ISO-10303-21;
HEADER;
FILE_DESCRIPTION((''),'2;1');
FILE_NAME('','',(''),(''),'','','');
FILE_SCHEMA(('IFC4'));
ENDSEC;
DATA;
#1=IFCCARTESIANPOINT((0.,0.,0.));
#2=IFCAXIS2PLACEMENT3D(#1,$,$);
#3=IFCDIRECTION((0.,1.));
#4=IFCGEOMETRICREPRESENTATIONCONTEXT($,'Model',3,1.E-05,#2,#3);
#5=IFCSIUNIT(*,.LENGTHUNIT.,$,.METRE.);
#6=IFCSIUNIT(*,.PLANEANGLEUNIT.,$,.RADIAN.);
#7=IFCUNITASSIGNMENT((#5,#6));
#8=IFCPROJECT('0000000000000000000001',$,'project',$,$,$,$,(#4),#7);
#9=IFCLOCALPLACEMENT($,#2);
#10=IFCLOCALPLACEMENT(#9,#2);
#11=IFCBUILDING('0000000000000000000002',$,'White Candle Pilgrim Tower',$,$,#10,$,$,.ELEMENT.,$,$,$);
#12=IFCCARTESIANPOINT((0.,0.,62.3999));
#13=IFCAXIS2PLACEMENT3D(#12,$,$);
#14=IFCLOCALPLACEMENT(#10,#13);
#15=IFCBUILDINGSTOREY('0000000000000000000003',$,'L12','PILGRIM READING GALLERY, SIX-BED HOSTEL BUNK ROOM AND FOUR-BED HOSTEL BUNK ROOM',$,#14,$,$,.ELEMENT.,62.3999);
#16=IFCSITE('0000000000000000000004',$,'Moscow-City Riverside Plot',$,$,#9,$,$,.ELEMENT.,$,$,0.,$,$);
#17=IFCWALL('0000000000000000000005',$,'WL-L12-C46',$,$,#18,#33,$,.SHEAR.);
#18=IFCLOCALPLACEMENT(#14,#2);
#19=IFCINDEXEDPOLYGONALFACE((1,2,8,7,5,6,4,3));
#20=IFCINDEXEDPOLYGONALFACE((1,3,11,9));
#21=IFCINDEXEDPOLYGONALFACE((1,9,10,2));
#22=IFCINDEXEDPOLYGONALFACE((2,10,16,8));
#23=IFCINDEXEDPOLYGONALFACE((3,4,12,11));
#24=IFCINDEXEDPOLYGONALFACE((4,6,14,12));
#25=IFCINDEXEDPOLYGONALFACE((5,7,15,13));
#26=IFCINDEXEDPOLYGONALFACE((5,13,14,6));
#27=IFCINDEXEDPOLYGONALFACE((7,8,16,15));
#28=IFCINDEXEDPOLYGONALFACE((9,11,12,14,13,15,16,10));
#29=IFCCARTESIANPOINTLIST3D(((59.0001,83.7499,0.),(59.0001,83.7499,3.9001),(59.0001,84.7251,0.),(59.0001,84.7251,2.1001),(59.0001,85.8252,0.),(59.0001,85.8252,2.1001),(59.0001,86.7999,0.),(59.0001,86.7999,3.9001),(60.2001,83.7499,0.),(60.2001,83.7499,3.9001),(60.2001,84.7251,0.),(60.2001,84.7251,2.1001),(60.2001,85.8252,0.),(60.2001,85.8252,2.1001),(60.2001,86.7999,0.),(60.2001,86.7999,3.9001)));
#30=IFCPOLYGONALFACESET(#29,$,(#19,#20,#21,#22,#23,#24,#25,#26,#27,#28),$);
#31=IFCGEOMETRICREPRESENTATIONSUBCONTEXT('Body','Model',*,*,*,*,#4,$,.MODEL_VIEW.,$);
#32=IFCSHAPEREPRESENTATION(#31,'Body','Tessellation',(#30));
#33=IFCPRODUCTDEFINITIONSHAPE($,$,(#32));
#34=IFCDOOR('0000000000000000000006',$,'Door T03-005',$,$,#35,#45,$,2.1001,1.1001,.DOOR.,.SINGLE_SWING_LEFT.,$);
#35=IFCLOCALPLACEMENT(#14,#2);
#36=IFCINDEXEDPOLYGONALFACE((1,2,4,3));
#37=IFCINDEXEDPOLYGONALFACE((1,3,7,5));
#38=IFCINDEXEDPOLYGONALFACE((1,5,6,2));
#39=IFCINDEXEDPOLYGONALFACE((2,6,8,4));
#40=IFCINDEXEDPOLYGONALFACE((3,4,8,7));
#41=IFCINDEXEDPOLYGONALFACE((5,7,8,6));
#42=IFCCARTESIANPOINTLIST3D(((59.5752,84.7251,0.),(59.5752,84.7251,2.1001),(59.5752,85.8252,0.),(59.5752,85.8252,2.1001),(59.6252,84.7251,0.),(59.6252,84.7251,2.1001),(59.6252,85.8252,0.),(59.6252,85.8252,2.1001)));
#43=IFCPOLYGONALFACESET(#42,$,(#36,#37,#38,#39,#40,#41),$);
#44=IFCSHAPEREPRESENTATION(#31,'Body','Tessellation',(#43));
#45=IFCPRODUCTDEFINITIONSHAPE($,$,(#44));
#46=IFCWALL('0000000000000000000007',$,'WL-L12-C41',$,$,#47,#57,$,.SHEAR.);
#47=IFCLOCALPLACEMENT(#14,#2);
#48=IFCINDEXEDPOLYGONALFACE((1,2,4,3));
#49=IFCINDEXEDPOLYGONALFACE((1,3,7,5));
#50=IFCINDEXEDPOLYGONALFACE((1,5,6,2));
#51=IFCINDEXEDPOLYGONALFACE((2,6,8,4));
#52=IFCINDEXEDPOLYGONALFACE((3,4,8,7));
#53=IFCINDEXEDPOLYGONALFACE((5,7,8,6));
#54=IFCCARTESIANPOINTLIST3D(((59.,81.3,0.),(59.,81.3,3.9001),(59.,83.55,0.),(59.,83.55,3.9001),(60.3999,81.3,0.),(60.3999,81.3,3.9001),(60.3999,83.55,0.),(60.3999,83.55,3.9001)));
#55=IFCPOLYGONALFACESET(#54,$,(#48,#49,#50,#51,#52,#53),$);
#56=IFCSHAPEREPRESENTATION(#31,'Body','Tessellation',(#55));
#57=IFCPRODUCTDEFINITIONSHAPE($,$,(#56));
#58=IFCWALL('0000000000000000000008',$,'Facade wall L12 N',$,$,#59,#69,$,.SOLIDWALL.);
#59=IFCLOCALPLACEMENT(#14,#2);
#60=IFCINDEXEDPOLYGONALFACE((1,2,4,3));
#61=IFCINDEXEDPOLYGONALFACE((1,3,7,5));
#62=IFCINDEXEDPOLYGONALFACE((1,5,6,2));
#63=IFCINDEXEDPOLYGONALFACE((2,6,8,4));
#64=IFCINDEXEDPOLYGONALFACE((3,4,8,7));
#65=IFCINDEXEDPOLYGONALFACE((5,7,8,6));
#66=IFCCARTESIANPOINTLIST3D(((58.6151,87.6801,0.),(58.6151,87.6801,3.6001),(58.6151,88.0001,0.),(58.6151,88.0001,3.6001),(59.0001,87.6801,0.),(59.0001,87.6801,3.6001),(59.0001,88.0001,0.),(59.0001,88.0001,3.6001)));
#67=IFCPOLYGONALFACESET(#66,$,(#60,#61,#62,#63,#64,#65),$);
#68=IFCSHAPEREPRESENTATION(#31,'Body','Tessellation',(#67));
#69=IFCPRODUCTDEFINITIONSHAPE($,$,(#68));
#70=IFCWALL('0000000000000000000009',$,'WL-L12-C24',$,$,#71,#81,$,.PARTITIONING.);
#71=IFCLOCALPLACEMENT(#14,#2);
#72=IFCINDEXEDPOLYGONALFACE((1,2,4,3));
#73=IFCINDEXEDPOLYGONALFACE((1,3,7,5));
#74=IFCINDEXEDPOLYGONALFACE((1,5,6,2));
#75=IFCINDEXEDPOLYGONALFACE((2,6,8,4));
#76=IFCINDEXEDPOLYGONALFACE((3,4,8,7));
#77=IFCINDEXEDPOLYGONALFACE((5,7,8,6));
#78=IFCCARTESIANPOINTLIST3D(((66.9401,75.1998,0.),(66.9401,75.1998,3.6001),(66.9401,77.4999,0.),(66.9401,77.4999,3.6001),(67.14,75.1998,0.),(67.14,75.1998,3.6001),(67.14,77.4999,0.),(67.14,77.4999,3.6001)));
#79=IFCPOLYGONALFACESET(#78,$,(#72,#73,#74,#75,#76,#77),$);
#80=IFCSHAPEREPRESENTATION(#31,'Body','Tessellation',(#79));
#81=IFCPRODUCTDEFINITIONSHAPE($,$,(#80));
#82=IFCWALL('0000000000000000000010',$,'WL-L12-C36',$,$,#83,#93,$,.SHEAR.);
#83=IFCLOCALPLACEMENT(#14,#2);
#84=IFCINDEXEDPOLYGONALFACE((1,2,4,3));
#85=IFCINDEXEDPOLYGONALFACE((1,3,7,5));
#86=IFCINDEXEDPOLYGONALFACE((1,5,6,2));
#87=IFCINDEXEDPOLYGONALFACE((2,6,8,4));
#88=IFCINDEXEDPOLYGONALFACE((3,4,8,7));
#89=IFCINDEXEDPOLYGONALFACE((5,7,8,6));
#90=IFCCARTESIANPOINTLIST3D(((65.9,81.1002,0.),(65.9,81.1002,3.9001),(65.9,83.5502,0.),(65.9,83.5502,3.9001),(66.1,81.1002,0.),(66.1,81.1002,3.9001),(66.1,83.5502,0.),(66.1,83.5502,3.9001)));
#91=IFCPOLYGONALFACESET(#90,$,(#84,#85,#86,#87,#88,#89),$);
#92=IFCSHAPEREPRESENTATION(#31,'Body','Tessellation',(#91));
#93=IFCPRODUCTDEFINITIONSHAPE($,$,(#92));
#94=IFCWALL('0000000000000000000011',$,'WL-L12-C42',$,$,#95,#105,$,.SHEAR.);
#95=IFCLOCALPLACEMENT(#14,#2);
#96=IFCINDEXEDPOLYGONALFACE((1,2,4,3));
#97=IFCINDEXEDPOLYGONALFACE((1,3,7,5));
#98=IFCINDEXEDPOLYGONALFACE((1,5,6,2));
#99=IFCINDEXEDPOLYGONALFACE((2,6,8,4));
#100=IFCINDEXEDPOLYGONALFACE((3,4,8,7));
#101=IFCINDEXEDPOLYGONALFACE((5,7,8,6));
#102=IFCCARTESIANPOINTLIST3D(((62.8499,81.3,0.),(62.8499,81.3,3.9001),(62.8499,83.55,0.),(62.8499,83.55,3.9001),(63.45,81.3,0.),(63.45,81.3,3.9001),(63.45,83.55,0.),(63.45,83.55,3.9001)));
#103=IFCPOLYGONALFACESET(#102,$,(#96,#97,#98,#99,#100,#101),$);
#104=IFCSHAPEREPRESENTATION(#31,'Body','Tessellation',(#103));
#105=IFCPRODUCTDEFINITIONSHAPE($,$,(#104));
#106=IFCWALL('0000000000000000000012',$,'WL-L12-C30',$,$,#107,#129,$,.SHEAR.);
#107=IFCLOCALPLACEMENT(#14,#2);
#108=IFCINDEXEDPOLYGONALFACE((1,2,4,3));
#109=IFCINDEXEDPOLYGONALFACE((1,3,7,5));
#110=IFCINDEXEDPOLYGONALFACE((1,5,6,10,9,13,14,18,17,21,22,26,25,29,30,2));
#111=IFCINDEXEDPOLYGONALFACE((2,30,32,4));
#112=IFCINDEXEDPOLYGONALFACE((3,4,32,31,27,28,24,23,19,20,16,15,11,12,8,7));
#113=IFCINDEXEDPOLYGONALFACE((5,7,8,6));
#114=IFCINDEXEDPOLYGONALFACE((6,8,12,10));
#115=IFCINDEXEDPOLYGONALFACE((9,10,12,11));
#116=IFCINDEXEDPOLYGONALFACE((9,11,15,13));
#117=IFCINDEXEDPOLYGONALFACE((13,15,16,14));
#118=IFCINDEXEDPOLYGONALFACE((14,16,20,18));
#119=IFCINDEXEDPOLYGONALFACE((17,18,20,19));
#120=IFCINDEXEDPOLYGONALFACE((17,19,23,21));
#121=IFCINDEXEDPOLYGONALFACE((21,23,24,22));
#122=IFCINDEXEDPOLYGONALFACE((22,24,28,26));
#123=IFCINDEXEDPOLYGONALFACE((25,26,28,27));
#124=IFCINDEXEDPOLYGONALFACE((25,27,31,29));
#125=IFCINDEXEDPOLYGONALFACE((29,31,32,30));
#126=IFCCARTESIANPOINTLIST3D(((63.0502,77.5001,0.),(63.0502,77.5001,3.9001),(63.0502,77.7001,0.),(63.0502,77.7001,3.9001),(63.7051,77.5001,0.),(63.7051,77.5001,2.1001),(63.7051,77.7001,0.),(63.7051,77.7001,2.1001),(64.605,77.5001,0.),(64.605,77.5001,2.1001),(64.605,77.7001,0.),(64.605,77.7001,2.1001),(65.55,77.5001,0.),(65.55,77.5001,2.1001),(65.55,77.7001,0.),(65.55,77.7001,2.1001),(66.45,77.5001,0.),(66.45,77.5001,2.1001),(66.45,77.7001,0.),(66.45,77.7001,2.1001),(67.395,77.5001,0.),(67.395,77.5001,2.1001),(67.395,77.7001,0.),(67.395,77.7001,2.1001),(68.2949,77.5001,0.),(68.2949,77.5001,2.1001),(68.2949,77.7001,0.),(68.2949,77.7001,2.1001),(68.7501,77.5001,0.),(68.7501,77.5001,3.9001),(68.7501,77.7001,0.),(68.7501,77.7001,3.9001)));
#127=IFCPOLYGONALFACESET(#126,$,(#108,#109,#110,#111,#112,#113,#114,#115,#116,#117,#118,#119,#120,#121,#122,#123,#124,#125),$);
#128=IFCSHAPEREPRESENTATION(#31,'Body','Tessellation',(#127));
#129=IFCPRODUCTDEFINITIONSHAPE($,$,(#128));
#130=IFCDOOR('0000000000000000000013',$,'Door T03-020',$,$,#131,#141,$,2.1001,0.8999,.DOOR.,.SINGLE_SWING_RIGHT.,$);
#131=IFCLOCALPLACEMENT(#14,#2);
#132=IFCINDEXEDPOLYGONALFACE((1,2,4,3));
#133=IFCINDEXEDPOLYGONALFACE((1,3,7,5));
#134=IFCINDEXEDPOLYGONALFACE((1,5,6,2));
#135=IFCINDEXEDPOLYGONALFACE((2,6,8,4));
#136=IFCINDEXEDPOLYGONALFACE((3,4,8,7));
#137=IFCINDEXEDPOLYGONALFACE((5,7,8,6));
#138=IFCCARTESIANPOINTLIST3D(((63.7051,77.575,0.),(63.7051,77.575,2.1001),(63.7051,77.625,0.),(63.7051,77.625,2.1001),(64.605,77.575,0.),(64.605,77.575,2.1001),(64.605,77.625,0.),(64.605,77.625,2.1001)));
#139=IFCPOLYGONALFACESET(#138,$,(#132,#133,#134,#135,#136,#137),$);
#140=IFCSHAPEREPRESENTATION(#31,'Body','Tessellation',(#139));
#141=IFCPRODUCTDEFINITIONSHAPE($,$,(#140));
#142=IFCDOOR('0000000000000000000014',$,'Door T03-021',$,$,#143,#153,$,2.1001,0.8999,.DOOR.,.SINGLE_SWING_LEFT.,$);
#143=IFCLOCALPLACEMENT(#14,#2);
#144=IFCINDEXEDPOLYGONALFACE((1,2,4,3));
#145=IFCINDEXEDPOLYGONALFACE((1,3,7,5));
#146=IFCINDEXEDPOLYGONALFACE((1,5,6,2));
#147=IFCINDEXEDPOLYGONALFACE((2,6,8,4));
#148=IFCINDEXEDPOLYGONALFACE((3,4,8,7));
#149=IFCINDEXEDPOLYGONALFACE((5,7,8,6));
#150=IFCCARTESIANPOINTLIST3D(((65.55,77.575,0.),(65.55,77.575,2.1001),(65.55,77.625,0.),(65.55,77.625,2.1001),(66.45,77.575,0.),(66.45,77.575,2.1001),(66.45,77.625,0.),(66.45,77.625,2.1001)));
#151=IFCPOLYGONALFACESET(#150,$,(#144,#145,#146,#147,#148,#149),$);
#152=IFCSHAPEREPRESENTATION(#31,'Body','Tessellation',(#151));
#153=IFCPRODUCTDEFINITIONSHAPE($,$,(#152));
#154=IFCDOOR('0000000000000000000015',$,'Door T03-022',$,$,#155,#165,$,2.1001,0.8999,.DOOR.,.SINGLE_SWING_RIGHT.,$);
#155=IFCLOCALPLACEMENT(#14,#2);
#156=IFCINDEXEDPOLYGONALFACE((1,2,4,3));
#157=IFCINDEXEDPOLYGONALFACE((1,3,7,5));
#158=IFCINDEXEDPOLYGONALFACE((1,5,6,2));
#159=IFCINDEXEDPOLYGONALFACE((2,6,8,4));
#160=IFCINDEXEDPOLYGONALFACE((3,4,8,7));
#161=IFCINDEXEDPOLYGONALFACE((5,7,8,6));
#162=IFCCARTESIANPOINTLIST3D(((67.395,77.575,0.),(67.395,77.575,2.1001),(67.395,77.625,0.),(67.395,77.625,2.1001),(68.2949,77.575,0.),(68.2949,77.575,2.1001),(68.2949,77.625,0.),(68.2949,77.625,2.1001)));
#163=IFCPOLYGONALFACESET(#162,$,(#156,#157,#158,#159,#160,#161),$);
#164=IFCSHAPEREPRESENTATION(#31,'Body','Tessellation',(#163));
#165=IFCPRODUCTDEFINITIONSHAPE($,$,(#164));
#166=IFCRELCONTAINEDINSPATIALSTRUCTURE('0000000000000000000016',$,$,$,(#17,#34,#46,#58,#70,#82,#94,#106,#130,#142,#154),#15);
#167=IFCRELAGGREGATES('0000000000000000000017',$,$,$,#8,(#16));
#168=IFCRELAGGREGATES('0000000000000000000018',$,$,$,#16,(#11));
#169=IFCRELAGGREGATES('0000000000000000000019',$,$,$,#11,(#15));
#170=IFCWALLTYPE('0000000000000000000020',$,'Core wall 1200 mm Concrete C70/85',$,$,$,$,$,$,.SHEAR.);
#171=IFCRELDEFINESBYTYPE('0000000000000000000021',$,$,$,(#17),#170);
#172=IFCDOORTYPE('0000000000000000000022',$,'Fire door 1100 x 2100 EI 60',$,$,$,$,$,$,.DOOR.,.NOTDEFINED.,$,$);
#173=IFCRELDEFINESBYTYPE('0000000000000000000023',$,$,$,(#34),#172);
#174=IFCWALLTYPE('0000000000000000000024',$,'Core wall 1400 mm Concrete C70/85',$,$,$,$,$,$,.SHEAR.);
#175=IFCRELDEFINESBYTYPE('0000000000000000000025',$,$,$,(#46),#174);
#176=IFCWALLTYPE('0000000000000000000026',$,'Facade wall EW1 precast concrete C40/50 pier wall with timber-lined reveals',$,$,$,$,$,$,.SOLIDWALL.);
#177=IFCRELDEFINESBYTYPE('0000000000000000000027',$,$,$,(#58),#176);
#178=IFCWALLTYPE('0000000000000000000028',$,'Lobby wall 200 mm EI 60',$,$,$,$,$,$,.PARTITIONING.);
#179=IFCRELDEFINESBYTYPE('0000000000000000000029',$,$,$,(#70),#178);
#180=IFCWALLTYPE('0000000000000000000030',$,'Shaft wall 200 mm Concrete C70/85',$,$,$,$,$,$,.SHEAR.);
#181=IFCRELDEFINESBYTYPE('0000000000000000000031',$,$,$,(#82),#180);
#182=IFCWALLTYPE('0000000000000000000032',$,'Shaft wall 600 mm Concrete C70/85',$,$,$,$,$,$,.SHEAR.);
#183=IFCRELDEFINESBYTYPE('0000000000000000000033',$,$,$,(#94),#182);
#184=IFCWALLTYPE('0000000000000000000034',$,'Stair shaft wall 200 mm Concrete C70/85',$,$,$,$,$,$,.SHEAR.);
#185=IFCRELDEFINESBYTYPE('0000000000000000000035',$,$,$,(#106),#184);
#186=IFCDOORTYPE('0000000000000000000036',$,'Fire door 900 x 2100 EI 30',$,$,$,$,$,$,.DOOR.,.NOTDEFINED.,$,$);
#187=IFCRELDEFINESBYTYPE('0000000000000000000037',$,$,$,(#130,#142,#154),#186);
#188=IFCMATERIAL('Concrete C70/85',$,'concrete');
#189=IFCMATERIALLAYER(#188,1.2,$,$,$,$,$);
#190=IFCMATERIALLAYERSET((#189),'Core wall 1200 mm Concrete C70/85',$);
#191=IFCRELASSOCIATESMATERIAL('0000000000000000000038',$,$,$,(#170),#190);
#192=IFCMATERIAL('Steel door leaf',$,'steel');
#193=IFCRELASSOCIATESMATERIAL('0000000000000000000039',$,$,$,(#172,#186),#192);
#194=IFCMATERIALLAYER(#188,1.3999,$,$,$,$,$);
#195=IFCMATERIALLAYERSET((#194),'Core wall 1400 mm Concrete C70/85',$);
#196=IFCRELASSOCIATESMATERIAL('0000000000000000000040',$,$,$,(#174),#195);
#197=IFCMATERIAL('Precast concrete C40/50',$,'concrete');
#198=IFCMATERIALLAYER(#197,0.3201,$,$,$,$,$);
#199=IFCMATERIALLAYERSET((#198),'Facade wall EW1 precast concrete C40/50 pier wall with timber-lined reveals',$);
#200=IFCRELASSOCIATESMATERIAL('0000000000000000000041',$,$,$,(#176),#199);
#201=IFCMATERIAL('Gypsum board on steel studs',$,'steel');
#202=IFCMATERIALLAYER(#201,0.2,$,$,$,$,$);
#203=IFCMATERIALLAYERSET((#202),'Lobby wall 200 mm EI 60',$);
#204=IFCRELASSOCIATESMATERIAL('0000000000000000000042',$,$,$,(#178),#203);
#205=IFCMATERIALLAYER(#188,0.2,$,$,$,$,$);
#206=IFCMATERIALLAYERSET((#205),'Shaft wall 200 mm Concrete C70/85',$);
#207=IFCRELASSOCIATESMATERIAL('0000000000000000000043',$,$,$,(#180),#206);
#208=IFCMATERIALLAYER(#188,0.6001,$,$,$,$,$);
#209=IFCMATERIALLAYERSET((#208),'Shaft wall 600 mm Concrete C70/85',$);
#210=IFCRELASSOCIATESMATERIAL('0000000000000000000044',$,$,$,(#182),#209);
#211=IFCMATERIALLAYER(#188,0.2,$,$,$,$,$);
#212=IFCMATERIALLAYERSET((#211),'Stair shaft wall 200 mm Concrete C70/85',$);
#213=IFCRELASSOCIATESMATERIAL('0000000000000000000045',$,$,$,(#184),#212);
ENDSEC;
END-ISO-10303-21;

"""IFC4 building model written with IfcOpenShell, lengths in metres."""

from ifc_helpers import new_model, si_unit, direction, frame, frame_2d, origin, place, context, subcontext, project, spatial, rectangle, extrude, material, layer, layer_set, type_object, element, fill, save


model = new_model("IFC4")

# Units and contexts
model_context = context("Model", 3, precision=1e-05, world=origin(), true_north=direction((0.0, 1.0)))
body_context = subcontext(model_context, "Body", "Model", "MODEL_VIEW")
ifc_project = project(units=[si_unit("LENGTHUNIT", "METRE"), si_unit("PLANEANGLEUNIT", "RADIAN")], contexts=[model_context])

# Site, building, storey
site_placement = place(None, origin())
site = spatial("IfcSite", under=ifc_project, at=site_placement, Name="Moscow-City Riverside Plot", CompositionType="ELEMENT", RefElevation=0.0)
building_placement = place(site_placement, origin())
building = spatial("IfcBuilding", under=site, at=building_placement, Name="White Candle Pilgrim Tower", CompositionType="ELEMENT")
storey_placement = place(building_placement, frame((0.0, 0.0, 62.3999)))
storey = spatial("IfcBuildingStorey", under=building, at=storey_placement, Name="L12", Description="PILGRIM READING GALLERY, SIX-BED HOSTEL BUNK ROOM AND FOUR-BED HOSTEL BUNK ROOM", CompositionType="ELEMENT", Elevation=62.3999)

# Wall, opening, door
ifc_material_1 = material(Name="Concrete C70/85", Category="concrete")
ifc_layer_1 = layer(ifc_material_1, 1.2)
ifc_layer_set_1 = layer_set([ifc_layer_1], Name="Core wall 1200 mm Concrete C70/85")
wall_type_1 = type_object("IfcWallType", Name="Core wall 1200 mm Concrete C70/85", PredefinedType="SHEAR", material=ifc_layer_set_1)
wall_1_placement = place(storey_placement, frame((59.6001, 83.75, 0.0), z_axis=(0.0, 0.0, 1.0), x_axis=(0.0, 1.0, 0.0)))
wall_1 = element("IfcWall", 1, at=wall_1_placement, inside=storey, type_object=wall_type_1, Name="WL-L12-C46", PredefinedType="SHEAR", context=body_context, shape_type="SweptSolid", body=[
    extrude(rectangle(XDim=3.05, YDim=1.2, at=frame_2d((1.5249, 0.0))), origin(), (0.0, 0.0, 1.0), 3.9001),
])
opening_1_placement = place(wall_1_placement, frame((0.9751, 0.0, 0.0)))
opening_1 = element("IfcOpeningElement", 2, at=opening_1_placement, cuts=wall_1, PredefinedType="OPENING", context=body_context, shape_type="SweptSolid", body=[
    extrude(rectangle(XDim=1.1001, YDim=2.1001, at=frame_2d((0.55, 1.05))), frame((0.0, 0.6099, 0.0), z_axis=(0.0, -1.0, 0.0), x_axis=(1.0, 0.0, 0.0)), (0.0, 0.0, 1.0), 1.22),
])
ifc_material_2 = material(Name="Steel door leaf", Category="steel")
door_type_1 = type_object("IfcDoorType", Name="Fire door 1100 x 2100 EI 60", OperationType="NOTDEFINED", PredefinedType="DOOR", material=ifc_material_2)
door_1_placement = place(opening_1_placement, origin())
door_1 = element("IfcDoor", 3, at=door_1_placement, inside=storey, type_object=door_type_1, Name="Door T03-005", OperationType="SINGLE_SWING_LEFT", OverallHeight=2.1001, OverallWidth=1.1001, PredefinedType="DOOR", context=body_context, shape_type="SweptSolid", body=[
    extrude(rectangle(XDim=1.1001, YDim=2.1001, at=frame_2d((0.55, 1.05))), frame((0.0, 0.0249, 0.0), z_axis=(0.0, -1.0, 0.0), x_axis=(1.0, 0.0, 0.0)), (0.0, 0.0, 1.0), 0.05),
])
fill(opening_1, door_1)

# Walls
ifc_layer_2 = layer(ifc_material_1, 1.3999)
ifc_layer_set_2 = layer_set([ifc_layer_2], Name="Core wall 1400 mm Concrete C70/85")
wall_type_2 = type_object("IfcWallType", Name="Core wall 1400 mm Concrete C70/85", PredefinedType="SHEAR", material=ifc_layer_set_2)
wall_2_placement = place(storey_placement, frame((59.7, 81.3, 0.0), z_axis=(0.0, 0.0, 1.0), x_axis=(0.0, 1.0, 0.0)))
element("IfcWall", 4, at=wall_2_placement, inside=storey, type_object=wall_type_2, Name="WL-L12-C41", PredefinedType="SHEAR", context=body_context, shape_type="SweptSolid", body=[
    extrude(rectangle(XDim=2.25, YDim=1.3999, at=frame_2d((1.125, 0.0))), origin(), (0.0, 0.0, 1.0), 3.9001),
])
ifc_material_3 = material(Name="Precast concrete C40/50", Category="concrete")
ifc_layer_3 = layer(ifc_material_3, 0.3201)
ifc_layer_set_3 = layer_set([ifc_layer_3], Name="Facade wall EW1 precast concrete C40/50 pier wall with timber-lined reveals")
wall_type_3 = type_object("IfcWallType", Name="Facade wall EW1 precast concrete C40/50 pier wall with timber-lined reveals", PredefinedType="SOLIDWALL", material=ifc_layer_set_3)
wall_3_placement = place(storey_placement, frame((59.0, 87.8401, 0.0), z_axis=(0.0, 0.0, 1.0), x_axis=(-1.0, 0.0, 0.0)))
element("IfcWall", 5, at=wall_3_placement, inside=storey, type_object=wall_type_3, Name="Facade wall L12 N", PredefinedType="SOLIDWALL", context=body_context, shape_type="SweptSolid", body=[
    extrude(rectangle(XDim=0.385, YDim=0.3201, at=frame_2d((0.1924, 0.0))), origin(), (0.0, 0.0, 1.0), 3.6001),
])
ifc_material_4 = material(Name="Gypsum board on steel studs", Category="steel")
ifc_layer_4 = layer(ifc_material_4, 0.2)
ifc_layer_set_4 = layer_set([ifc_layer_4], Name="Lobby wall 200 mm EI 60")
wall_type_4 = type_object("IfcWallType", Name="Lobby wall 200 mm EI 60", PredefinedType="PARTITIONING", material=ifc_layer_set_4)
wall_4_placement = place(storey_placement, frame((67.04, 75.2, 0.0), z_axis=(0.0, 0.0, 1.0), x_axis=(0.0, 1.0, 0.0)))
element("IfcWall", 6, at=wall_4_placement, inside=storey, type_object=wall_type_4, Name="WL-L12-C24", PredefinedType="PARTITIONING", context=body_context, shape_type="SweptSolid", body=[
    extrude(rectangle(XDim=2.3, YDim=0.2, at=frame_2d((1.1499, 0.0))), origin(), (0.0, 0.0, 1.0), 3.6001),
])
ifc_layer_5 = layer(ifc_material_1, 0.2)
ifc_layer_set_5 = layer_set([ifc_layer_5], Name="Shaft wall 200 mm Concrete C70/85")
wall_type_5 = type_object("IfcWallType", Name="Shaft wall 200 mm Concrete C70/85", PredefinedType="SHEAR", material=ifc_layer_set_5)
wall_5_placement = place(storey_placement, frame((66.0, 81.1001, 0.0), z_axis=(0.0, 0.0, 1.0), x_axis=(0.0, 1.0, 0.0)))
element("IfcWall", 7, at=wall_5_placement, inside=storey, type_object=wall_type_5, Name="WL-L12-C36", PredefinedType="SHEAR", context=body_context, shape_type="SweptSolid", body=[
    extrude(rectangle(XDim=2.45, YDim=0.2, at=frame_2d((1.2251, 0.0))), origin(), (0.0, 0.0, 1.0), 3.9001),
])
ifc_layer_6 = layer(ifc_material_1, 0.6001)
ifc_layer_set_6 = layer_set([ifc_layer_6], Name="Shaft wall 600 mm Concrete C70/85")
wall_type_6 = type_object("IfcWallType", Name="Shaft wall 600 mm Concrete C70/85", PredefinedType="SHEAR", material=ifc_layer_set_6)
wall_6_placement = place(storey_placement, frame((63.1499, 81.3, 0.0), z_axis=(0.0, 0.0, 1.0), x_axis=(0.0, 1.0, 0.0)))
element("IfcWall", 8, at=wall_6_placement, inside=storey, type_object=wall_type_6, Name="WL-L12-C42", PredefinedType="SHEAR", context=body_context, shape_type="SweptSolid", body=[
    extrude(rectangle(XDim=2.25, YDim=0.6001, at=frame_2d((1.125, 0.0))), origin(), (0.0, 0.0, 1.0), 3.9001),
])

# Wall, openings, doors
ifc_layer_7 = layer(ifc_material_1, 0.2)
ifc_layer_set_7 = layer_set([ifc_layer_7], Name="Stair shaft wall 200 mm Concrete C70/85")
wall_type_7 = type_object("IfcWallType", Name="Stair shaft wall 200 mm Concrete C70/85", PredefinedType="SHEAR", material=ifc_layer_set_7)
wall_7_placement = place(storey_placement, frame((63.05, 77.6001, 0.0), z_axis=(0.0, 0.0, 1.0), x_axis=(1.0, 0.0, 0.0)))
wall_7 = element("IfcWall", 9, at=wall_7_placement, inside=storey, type_object=wall_type_7, Name="WL-L12-C30", PredefinedType="SHEAR", context=body_context, shape_type="SweptSolid", body=[
    extrude(rectangle(XDim=5.7, YDim=0.2, at=frame_2d((2.8501, 0.0))), origin(), (0.0, 0.0, 1.0), 3.9001),
])
opening_2_placement = place(wall_7_placement, frame((0.655, 0.0, 0.0)))
opening_2 = element("IfcOpeningElement", 10, at=opening_2_placement, cuts=wall_7, PredefinedType="OPENING", context=body_context, shape_type="SweptSolid", body=[
    extrude(rectangle(XDim=0.8999, YDim=2.1001, at=frame_2d((0.45, 1.05))), frame((0.0, 0.1099, 0.0), z_axis=(0.0, -1.0, 0.0), x_axis=(1.0, 0.0, 0.0)), (0.0, 0.0, 1.0), 0.22),
])
opening_3_placement = place(wall_7_placement, frame((2.5, 0.0, 0.0)))
opening_3 = element("IfcOpeningElement", 11, at=opening_3_placement, cuts=wall_7, PredefinedType="OPENING", context=body_context, shape_type="SweptSolid", body=[
    extrude(rectangle(XDim=0.8999, YDim=2.1001, at=frame_2d((0.45, 1.05))), frame((0.0, 0.1099, 0.0), z_axis=(0.0, -1.0, 0.0), x_axis=(1.0, 0.0, 0.0)), (0.0, 0.0, 1.0), 0.22),
])
opening_4_placement = place(wall_7_placement, frame((4.345, 0.0, 0.0)))
opening_4 = element("IfcOpeningElement", 12, at=opening_4_placement, cuts=wall_7, PredefinedType="OPENING", context=body_context, shape_type="SweptSolid", body=[
    extrude(rectangle(XDim=0.8999, YDim=2.1001, at=frame_2d((0.45, 1.05))), frame((0.0, 0.1099, 0.0), z_axis=(0.0, -1.0, 0.0), x_axis=(1.0, 0.0, 0.0)), (0.0, 0.0, 1.0), 0.22),
])
door_type_2 = type_object("IfcDoorType", Name="Fire door 900 x 2100 EI 30", OperationType="NOTDEFINED", PredefinedType="DOOR", material=ifc_material_2)
door_2_placement = place(opening_2_placement, origin())
door_2 = element("IfcDoor", 13, at=door_2_placement, inside=storey, type_object=door_type_2, Name="Door T03-020", OperationType="SINGLE_SWING_RIGHT", OverallHeight=2.1001, OverallWidth=0.8999, PredefinedType="DOOR", context=body_context, shape_type="SweptSolid", body=[
    extrude(rectangle(XDim=0.8999, YDim=2.1001, at=frame_2d((0.45, 1.05))), frame((0.0, 0.0249, 0.0), z_axis=(0.0, -1.0, 0.0), x_axis=(1.0, 0.0, 0.0)), (0.0, 0.0, 1.0), 0.05),
])
fill(opening_2, door_2)
door_3_placement = place(opening_3_placement, origin())
door_3 = element("IfcDoor", 14, at=door_3_placement, inside=storey, type_object=door_type_2, Name="Door T03-021", OperationType="SINGLE_SWING_LEFT", OverallHeight=2.1001, OverallWidth=0.8999, PredefinedType="DOOR", context=body_context, shape_type="SweptSolid", body=[
    extrude(rectangle(XDim=0.8999, YDim=2.1001, at=frame_2d((0.45, 1.05))), frame((0.0, 0.0249, 0.0), z_axis=(0.0, -1.0, 0.0), x_axis=(1.0, 0.0, 0.0)), (0.0, 0.0, 1.0), 0.05),
])
fill(opening_3, door_3)
door_4_placement = place(opening_4_placement, origin())
door_4 = element("IfcDoor", 15, at=door_4_placement, inside=storey, type_object=door_type_2, Name="Door T03-022", OperationType="SINGLE_SWING_RIGHT", OverallHeight=2.1001, OverallWidth=0.8999, PredefinedType="DOOR", context=body_context, shape_type="SweptSolid", body=[
    extrude(rectangle(XDim=0.8999, YDim=2.1001, at=frame_2d((0.45, 1.05))), frame((0.0, 0.0249, 0.0), z_axis=(0.0, -1.0, 0.0), x_axis=(1.0, 0.0, 0.0)), (0.0, 0.0, 1.0), 0.05),
])
fill(opening_4, door_4)

save(model, "model.ifc")
